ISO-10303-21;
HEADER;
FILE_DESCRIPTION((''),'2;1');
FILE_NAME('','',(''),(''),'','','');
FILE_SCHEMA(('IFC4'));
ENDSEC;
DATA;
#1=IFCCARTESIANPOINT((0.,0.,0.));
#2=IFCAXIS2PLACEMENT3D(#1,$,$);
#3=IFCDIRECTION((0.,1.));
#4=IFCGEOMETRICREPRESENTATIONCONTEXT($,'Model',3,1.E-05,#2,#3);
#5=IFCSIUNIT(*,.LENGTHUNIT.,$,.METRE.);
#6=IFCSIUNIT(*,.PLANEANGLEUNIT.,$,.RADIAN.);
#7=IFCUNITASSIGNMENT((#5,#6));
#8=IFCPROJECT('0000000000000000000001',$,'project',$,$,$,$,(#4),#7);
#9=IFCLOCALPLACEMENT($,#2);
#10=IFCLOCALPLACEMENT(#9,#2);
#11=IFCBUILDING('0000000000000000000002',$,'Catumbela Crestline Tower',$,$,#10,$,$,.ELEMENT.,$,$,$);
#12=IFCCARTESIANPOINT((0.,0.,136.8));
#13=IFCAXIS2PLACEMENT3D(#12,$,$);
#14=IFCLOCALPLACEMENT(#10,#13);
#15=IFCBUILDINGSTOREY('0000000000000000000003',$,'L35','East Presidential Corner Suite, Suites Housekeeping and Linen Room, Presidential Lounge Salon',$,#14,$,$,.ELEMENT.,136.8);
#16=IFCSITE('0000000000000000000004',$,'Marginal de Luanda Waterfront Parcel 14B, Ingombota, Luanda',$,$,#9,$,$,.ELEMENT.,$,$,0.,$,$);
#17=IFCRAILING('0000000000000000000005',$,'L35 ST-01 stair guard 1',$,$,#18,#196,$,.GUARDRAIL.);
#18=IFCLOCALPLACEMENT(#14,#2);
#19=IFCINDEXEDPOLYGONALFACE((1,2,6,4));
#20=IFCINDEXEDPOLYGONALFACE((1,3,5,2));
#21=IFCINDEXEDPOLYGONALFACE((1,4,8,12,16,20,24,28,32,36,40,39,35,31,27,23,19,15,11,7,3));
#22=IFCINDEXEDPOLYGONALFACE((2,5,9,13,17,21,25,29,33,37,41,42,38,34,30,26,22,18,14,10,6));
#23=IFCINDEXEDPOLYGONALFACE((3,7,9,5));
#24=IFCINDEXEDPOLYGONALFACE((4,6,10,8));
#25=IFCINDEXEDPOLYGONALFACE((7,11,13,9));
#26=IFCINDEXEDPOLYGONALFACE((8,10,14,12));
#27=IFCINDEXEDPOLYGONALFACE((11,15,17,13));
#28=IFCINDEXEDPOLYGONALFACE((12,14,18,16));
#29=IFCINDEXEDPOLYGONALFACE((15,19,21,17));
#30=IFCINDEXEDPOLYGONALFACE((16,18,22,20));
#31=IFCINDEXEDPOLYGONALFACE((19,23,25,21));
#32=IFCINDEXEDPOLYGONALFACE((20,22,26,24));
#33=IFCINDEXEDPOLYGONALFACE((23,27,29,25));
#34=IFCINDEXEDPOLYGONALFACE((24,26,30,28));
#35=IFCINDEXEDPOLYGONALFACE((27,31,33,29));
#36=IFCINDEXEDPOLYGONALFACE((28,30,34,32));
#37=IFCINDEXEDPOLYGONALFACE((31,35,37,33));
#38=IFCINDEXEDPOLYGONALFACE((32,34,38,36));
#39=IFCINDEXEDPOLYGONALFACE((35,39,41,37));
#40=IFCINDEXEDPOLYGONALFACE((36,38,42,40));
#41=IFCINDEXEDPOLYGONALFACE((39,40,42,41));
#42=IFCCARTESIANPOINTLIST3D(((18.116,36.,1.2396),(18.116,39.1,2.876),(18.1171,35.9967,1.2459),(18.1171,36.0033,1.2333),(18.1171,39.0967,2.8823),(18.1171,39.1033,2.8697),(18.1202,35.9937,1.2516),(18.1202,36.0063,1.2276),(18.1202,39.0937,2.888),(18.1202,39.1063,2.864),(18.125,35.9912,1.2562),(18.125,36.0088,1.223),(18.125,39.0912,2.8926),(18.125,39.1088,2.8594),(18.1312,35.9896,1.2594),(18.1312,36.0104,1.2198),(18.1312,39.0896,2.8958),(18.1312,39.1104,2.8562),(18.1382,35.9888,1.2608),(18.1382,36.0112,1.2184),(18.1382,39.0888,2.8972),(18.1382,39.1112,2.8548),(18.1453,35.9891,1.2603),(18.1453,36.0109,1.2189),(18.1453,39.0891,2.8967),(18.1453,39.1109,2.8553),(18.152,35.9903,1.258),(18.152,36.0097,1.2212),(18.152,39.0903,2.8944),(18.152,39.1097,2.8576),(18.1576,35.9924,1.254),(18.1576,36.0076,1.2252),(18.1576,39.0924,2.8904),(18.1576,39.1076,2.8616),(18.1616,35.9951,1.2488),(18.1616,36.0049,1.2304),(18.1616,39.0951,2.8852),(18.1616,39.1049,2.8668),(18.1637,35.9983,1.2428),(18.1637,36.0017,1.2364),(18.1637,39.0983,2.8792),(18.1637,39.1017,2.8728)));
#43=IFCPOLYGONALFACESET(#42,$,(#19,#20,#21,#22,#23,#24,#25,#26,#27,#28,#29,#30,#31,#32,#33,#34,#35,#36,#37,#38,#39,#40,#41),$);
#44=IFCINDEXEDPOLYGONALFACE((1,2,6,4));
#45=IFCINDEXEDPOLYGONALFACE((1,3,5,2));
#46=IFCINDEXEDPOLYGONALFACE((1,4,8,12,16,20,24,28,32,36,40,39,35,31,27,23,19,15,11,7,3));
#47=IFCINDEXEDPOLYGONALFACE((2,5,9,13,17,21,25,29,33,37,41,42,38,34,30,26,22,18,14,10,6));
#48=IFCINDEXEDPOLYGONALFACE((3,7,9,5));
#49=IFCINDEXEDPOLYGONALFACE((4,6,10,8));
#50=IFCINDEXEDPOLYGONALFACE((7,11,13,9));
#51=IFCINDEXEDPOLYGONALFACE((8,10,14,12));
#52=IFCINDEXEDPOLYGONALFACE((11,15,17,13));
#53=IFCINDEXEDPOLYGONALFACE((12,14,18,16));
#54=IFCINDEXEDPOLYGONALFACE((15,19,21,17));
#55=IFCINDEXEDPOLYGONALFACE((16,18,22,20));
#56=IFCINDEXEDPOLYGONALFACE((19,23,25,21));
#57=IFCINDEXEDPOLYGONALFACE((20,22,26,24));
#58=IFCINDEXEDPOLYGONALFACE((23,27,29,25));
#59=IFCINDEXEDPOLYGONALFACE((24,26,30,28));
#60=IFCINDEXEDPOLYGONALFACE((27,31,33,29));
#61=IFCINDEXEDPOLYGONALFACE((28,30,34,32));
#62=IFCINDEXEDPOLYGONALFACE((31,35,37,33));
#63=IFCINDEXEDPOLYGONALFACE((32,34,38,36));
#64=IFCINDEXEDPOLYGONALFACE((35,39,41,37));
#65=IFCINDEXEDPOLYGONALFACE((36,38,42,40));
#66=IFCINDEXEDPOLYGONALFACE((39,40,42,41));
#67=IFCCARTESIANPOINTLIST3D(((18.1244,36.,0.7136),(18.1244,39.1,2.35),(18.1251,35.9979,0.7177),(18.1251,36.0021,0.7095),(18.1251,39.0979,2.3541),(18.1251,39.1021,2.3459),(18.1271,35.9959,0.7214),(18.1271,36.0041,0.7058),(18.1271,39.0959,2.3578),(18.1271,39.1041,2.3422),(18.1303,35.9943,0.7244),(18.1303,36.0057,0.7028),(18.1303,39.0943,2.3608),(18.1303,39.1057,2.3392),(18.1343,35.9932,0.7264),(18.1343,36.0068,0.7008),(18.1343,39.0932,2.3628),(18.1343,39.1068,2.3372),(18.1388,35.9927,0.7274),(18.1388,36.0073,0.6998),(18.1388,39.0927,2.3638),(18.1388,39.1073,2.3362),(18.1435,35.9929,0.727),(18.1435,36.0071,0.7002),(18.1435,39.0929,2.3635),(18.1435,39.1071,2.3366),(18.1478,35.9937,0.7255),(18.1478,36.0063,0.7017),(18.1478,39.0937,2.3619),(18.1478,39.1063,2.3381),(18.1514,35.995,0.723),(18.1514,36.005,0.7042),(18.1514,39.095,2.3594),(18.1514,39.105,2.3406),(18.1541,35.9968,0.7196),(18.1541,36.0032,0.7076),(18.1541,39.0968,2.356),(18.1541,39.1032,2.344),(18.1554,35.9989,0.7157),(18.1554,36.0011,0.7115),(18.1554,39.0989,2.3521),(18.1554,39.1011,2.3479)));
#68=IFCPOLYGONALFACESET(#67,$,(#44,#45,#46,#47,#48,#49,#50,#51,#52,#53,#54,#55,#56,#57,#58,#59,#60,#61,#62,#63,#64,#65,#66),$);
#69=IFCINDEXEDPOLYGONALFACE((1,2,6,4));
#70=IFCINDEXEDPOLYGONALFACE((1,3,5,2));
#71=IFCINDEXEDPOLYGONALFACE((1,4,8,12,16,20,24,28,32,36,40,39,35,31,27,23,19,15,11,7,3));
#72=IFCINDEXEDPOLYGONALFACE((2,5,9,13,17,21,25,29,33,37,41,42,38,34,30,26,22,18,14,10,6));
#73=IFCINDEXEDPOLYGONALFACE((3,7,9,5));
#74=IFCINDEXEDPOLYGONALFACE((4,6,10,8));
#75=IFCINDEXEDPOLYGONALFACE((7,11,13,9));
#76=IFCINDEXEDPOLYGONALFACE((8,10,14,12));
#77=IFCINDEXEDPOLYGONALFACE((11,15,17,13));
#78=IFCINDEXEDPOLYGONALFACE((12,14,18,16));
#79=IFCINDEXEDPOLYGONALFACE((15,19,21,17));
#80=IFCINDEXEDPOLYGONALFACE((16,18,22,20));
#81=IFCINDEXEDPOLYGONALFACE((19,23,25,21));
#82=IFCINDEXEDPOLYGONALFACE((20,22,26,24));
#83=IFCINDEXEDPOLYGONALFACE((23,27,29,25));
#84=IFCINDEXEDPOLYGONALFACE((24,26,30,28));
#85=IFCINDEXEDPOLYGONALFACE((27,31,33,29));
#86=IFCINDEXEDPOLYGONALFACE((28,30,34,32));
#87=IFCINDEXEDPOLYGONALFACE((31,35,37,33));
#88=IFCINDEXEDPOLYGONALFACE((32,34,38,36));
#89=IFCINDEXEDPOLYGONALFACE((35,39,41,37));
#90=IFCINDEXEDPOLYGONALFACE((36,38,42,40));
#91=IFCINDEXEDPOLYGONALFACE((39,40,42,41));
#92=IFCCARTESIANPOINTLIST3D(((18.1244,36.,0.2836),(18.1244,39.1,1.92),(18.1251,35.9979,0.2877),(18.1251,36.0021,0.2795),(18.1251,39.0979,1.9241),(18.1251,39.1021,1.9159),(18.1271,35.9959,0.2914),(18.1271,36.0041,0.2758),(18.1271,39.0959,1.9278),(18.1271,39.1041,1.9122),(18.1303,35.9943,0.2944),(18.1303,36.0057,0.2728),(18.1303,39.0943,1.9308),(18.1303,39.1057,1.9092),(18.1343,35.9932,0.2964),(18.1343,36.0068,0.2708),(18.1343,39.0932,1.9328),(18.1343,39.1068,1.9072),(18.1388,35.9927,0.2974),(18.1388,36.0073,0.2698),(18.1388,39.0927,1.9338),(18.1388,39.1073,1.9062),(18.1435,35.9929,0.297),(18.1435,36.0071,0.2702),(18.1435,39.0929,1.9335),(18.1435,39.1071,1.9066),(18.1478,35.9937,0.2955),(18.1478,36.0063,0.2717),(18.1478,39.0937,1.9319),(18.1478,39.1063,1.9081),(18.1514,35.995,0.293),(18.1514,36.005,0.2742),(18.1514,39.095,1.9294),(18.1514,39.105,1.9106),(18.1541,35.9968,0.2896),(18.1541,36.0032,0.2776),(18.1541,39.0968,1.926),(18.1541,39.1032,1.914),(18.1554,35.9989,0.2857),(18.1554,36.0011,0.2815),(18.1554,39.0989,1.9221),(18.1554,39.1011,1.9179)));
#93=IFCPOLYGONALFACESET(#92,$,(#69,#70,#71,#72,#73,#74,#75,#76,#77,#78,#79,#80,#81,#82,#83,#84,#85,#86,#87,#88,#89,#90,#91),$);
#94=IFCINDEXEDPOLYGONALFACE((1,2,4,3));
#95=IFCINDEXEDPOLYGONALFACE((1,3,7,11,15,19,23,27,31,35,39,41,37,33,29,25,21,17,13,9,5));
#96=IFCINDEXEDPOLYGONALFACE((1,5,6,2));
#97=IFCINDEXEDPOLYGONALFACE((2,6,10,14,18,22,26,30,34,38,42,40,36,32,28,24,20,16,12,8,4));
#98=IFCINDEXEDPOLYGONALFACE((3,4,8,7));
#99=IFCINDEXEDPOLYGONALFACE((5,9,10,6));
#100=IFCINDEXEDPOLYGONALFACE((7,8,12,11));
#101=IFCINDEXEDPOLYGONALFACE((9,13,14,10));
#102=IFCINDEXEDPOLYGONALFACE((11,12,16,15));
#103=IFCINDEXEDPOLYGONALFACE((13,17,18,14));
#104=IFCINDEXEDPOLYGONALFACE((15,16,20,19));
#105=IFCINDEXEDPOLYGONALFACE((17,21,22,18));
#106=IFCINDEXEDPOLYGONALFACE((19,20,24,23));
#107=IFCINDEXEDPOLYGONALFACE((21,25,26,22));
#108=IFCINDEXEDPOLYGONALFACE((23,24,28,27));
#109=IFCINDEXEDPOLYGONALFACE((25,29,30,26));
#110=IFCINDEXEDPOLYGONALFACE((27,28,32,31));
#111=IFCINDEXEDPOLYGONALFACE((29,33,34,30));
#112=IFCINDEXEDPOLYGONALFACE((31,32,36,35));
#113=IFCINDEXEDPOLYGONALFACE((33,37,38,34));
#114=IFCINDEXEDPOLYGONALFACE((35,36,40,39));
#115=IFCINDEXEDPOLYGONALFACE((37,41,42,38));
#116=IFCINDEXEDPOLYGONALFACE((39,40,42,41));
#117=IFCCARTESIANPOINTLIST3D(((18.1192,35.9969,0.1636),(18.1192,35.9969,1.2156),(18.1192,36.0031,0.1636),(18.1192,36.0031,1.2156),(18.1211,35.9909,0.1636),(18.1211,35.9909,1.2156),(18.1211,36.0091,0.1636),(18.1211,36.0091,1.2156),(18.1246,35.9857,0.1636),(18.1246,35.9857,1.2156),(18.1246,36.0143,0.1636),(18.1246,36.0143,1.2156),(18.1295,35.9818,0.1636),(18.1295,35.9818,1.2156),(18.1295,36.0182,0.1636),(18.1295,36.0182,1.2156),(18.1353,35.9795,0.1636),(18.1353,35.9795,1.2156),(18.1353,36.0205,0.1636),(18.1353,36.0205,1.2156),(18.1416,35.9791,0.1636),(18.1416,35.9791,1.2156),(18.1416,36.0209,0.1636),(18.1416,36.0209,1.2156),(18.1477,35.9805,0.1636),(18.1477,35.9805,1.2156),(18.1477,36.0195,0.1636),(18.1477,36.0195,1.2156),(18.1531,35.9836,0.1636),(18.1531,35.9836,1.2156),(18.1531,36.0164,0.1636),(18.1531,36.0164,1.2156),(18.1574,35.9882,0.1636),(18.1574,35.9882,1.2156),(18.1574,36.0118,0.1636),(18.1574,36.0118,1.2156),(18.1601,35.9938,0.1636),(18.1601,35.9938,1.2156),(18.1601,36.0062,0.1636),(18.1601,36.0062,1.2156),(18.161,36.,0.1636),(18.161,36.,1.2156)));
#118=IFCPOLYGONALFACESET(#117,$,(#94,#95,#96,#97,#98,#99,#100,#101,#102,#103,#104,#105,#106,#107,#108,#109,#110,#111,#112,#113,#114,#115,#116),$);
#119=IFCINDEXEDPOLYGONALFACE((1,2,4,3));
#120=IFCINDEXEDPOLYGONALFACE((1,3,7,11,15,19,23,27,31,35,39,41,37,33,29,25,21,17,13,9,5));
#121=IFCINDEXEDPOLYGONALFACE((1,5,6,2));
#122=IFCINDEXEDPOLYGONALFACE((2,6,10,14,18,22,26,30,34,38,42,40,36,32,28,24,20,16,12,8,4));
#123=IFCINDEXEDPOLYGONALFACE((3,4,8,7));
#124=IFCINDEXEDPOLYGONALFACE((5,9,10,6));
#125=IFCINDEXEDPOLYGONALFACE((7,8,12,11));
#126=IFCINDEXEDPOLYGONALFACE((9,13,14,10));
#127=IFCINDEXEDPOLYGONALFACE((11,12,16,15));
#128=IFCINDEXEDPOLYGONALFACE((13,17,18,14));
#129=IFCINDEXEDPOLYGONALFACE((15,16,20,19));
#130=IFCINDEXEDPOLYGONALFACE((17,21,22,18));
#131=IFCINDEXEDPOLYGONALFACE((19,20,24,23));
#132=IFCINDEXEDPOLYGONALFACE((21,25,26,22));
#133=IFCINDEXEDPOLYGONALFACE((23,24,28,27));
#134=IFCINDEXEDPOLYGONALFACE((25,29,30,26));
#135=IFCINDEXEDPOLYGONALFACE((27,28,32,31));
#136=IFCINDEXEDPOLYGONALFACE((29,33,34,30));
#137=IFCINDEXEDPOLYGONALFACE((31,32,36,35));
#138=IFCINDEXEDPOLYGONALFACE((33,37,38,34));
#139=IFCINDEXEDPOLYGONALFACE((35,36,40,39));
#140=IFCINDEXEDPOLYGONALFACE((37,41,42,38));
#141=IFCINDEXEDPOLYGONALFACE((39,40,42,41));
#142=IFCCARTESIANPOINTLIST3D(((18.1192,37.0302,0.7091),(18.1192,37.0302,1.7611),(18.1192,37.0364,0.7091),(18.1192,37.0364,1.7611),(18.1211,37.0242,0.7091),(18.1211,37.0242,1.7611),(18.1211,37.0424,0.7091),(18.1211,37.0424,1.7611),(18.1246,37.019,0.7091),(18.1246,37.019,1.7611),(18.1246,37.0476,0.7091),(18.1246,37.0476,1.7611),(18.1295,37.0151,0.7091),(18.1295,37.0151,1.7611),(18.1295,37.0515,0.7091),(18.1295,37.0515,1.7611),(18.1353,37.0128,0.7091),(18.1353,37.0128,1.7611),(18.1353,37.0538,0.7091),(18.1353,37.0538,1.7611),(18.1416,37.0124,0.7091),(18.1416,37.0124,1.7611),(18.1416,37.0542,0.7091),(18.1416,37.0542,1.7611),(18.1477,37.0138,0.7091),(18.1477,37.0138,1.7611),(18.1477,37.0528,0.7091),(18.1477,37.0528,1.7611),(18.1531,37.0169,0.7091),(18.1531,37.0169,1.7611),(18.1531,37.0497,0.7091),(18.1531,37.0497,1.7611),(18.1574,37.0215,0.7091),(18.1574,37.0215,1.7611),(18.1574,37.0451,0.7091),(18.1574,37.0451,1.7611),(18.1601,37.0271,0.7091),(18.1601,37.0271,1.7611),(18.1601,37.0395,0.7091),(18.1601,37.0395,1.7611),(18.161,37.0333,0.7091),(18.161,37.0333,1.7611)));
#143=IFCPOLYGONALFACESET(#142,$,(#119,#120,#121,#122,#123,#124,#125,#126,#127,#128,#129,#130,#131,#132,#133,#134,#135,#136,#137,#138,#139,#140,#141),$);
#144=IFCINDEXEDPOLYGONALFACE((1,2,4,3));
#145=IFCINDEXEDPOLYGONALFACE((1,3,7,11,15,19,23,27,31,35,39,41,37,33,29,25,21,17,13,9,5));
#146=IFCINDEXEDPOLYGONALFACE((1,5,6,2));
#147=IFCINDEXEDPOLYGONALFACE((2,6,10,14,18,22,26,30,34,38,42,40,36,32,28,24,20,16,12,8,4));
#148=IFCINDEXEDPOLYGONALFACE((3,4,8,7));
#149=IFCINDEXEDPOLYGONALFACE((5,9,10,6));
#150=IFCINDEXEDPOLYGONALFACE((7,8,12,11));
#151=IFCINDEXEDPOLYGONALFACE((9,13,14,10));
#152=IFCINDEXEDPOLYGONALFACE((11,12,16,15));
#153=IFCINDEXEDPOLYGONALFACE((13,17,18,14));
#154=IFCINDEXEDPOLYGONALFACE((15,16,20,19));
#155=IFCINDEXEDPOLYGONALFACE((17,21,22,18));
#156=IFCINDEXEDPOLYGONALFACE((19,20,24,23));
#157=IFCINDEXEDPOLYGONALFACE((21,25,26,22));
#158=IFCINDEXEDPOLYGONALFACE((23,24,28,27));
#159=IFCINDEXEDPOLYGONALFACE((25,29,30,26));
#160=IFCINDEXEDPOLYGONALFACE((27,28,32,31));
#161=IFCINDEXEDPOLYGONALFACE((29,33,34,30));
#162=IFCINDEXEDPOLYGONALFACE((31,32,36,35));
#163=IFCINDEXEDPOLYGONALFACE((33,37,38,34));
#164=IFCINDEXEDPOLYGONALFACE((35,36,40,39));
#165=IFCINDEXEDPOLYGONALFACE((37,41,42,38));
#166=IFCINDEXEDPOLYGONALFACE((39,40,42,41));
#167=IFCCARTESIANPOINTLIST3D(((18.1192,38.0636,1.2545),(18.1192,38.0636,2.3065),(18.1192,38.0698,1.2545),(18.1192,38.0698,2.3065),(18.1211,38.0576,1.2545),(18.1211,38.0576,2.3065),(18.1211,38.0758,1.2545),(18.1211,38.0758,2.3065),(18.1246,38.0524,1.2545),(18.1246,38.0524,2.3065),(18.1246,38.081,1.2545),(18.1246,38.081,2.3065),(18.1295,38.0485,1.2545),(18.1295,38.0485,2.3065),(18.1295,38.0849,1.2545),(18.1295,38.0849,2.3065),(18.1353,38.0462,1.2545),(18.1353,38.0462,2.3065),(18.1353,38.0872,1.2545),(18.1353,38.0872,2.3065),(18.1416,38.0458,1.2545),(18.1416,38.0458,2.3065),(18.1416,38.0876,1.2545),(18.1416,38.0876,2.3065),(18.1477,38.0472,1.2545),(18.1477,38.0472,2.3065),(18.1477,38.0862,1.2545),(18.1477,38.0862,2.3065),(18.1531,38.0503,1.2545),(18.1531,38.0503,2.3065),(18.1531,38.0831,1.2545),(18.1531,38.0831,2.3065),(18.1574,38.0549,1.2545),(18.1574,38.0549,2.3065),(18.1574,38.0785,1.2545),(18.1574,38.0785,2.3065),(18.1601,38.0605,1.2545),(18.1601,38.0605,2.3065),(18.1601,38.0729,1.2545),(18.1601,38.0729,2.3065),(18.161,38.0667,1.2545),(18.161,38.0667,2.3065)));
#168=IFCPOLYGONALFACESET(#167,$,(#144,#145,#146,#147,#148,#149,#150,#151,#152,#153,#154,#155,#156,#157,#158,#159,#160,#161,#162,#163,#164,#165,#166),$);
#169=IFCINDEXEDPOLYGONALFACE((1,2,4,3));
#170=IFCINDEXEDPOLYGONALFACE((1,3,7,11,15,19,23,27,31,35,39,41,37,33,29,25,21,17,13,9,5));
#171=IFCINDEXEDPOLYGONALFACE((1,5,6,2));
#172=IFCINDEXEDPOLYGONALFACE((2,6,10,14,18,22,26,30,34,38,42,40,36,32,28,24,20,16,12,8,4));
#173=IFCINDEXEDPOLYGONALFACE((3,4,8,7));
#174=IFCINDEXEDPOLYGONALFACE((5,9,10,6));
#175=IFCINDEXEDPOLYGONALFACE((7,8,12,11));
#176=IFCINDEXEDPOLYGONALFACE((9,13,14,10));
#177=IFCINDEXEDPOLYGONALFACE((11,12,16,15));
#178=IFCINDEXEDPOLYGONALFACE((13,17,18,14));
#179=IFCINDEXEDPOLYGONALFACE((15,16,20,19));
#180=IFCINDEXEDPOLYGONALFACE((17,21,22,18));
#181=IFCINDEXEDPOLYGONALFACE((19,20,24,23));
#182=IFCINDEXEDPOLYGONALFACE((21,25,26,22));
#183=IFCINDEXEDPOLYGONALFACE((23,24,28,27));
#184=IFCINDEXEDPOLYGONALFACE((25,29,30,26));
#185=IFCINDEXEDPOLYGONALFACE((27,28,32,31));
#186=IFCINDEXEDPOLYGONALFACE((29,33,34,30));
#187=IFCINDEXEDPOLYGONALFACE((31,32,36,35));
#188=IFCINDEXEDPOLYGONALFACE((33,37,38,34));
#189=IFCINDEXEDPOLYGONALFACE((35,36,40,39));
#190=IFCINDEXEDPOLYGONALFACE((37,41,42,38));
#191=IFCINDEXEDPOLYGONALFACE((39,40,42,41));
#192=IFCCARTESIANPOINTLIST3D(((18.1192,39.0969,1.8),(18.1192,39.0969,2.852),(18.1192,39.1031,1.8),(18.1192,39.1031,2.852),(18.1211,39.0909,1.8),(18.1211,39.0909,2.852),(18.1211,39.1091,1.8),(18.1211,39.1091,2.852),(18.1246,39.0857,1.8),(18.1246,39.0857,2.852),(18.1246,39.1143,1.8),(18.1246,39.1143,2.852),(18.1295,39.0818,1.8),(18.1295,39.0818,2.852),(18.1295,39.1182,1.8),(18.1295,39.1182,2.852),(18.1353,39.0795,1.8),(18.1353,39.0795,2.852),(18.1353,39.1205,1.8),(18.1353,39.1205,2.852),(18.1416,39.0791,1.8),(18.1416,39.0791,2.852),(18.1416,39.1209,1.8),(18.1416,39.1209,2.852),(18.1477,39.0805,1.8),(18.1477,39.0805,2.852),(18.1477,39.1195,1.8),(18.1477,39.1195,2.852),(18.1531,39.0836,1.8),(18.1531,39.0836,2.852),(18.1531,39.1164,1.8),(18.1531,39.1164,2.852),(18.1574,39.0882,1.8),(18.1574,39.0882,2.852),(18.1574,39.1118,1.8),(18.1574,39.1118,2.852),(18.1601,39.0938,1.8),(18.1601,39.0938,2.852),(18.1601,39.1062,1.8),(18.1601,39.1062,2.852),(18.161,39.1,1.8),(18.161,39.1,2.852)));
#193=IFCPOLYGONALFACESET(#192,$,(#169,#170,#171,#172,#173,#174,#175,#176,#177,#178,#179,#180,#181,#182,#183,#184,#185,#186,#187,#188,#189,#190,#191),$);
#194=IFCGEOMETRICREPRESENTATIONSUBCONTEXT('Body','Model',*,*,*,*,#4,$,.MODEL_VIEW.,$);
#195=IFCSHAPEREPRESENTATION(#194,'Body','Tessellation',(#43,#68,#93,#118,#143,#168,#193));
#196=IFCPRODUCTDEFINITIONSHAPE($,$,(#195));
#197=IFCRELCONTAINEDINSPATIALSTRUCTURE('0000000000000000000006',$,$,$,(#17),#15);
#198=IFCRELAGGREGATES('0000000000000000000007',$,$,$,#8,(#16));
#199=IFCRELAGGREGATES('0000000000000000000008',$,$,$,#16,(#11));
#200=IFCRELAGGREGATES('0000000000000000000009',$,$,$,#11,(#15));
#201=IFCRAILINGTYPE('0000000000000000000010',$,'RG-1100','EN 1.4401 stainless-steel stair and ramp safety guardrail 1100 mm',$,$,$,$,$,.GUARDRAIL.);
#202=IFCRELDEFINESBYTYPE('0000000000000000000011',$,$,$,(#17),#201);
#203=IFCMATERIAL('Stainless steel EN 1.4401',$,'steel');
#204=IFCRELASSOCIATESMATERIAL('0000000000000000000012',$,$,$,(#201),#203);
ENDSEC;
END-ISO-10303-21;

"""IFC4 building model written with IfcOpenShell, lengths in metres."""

from ifc_helpers import new_model, si_unit, direction, frame, origin, origin_2d, place, context, subcontext, project, spatial, circle, extrude, material, type_object, element, save


model = new_model("IFC4")

# Units and contexts
model_context = context("Model", 3, precision=1e-05, world=origin(), true_north=direction((0.0, 1.0)))
body_context = subcontext(model_context, "Body", "Model", "MODEL_VIEW")
ifc_project = project(units=[si_unit("LENGTHUNIT", "METRE"), si_unit("PLANEANGLEUNIT", "RADIAN")], contexts=[model_context])

# Site, building, storey
site_placement = place(None, origin())
site = spatial("IfcSite", under=ifc_project, at=site_placement, Name="Marginal de Luanda Waterfront Parcel 14B, Ingombota, Luanda", CompositionType="ELEMENT", RefElevation=0.0)
building_placement = place(site_placement, origin())
building = spatial("IfcBuilding", under=site, at=building_placement, Name="Catumbela Crestline Tower", CompositionType="ELEMENT")
storey_placement = place(building_placement, frame((0.0, 0.0, 136.8)))
storey = spatial("IfcBuildingStorey", under=building, at=storey_placement, Name="L35", Description="East Presidential Corner Suite, Suites Housekeeping and Linen Room, Presidential Lounge Salon", CompositionType="ELEMENT", Elevation=136.8)

# Shared definitions
ifc_material_1 = material(Name="Stainless steel EN 1.4401", Category="steel")

# Railing
railing_type = type_object("IfcRailingType", Name="RG-1100", Description="EN 1.4401 stainless-steel stair and ramp safety guardrail 1100 mm", PredefinedType="GUARDRAIL", material=ifc_material_1)
railing_1_placement = place(storey_placement, frame((18.14, 36.0, 0.1636)))
element("IfcRailing", 1, at=railing_1_placement, inside=storey, type_object=railing_type, Name="L35 ST-01 stair guard 1", PredefinedType="GUARDRAIL", context=body_context, shape_type="SweptSolid", body=[
    extrude(circle(Radius=0.024, at=origin_2d()), frame((0.0, 0.0, 1.076), z_axis=(0.0, 0.884351, 0.466823), x_axis=(-1.0, 0.0, 0.0)), (0.0, 0.0, 1.0), 3.5054),
    extrude(circle(Radius=0.0156, at=origin_2d()), frame((0.0, 0.0, 0.55), z_axis=(0.0, 0.884351, 0.466823), x_axis=(-1.0, 0.0, 0.0)), (0.0, 0.0, 1.0), 3.5054),
    extrude(circle(Radius=0.0156, at=origin_2d()), frame((0.0, 0.0, 0.12), z_axis=(0.0, 0.884351, 0.466823), x_axis=(-1.0, 0.0, 0.0)), (0.0, 0.0, 1.0), 3.5054),
    extrude(circle(Radius=0.021, at=origin_2d()), origin(), (0.0, 0.0, 1.0), 1.052),
    extrude(circle(Radius=0.021, at=origin_2d()), frame((0.0, 1.0333, 0.5455)), (0.0, 0.0, 1.0), 1.052),
    extrude(circle(Radius=0.021, at=origin_2d()), frame((0.0, 2.0667, 1.0909)), (0.0, 0.0, 1.0), 1.052),
    extrude(circle(Radius=0.021, at=origin_2d()), frame((0.0, 3.1, 1.6364)), (0.0, 0.0, 1.0), 1.052),
])

save(model, "model.ifc")
